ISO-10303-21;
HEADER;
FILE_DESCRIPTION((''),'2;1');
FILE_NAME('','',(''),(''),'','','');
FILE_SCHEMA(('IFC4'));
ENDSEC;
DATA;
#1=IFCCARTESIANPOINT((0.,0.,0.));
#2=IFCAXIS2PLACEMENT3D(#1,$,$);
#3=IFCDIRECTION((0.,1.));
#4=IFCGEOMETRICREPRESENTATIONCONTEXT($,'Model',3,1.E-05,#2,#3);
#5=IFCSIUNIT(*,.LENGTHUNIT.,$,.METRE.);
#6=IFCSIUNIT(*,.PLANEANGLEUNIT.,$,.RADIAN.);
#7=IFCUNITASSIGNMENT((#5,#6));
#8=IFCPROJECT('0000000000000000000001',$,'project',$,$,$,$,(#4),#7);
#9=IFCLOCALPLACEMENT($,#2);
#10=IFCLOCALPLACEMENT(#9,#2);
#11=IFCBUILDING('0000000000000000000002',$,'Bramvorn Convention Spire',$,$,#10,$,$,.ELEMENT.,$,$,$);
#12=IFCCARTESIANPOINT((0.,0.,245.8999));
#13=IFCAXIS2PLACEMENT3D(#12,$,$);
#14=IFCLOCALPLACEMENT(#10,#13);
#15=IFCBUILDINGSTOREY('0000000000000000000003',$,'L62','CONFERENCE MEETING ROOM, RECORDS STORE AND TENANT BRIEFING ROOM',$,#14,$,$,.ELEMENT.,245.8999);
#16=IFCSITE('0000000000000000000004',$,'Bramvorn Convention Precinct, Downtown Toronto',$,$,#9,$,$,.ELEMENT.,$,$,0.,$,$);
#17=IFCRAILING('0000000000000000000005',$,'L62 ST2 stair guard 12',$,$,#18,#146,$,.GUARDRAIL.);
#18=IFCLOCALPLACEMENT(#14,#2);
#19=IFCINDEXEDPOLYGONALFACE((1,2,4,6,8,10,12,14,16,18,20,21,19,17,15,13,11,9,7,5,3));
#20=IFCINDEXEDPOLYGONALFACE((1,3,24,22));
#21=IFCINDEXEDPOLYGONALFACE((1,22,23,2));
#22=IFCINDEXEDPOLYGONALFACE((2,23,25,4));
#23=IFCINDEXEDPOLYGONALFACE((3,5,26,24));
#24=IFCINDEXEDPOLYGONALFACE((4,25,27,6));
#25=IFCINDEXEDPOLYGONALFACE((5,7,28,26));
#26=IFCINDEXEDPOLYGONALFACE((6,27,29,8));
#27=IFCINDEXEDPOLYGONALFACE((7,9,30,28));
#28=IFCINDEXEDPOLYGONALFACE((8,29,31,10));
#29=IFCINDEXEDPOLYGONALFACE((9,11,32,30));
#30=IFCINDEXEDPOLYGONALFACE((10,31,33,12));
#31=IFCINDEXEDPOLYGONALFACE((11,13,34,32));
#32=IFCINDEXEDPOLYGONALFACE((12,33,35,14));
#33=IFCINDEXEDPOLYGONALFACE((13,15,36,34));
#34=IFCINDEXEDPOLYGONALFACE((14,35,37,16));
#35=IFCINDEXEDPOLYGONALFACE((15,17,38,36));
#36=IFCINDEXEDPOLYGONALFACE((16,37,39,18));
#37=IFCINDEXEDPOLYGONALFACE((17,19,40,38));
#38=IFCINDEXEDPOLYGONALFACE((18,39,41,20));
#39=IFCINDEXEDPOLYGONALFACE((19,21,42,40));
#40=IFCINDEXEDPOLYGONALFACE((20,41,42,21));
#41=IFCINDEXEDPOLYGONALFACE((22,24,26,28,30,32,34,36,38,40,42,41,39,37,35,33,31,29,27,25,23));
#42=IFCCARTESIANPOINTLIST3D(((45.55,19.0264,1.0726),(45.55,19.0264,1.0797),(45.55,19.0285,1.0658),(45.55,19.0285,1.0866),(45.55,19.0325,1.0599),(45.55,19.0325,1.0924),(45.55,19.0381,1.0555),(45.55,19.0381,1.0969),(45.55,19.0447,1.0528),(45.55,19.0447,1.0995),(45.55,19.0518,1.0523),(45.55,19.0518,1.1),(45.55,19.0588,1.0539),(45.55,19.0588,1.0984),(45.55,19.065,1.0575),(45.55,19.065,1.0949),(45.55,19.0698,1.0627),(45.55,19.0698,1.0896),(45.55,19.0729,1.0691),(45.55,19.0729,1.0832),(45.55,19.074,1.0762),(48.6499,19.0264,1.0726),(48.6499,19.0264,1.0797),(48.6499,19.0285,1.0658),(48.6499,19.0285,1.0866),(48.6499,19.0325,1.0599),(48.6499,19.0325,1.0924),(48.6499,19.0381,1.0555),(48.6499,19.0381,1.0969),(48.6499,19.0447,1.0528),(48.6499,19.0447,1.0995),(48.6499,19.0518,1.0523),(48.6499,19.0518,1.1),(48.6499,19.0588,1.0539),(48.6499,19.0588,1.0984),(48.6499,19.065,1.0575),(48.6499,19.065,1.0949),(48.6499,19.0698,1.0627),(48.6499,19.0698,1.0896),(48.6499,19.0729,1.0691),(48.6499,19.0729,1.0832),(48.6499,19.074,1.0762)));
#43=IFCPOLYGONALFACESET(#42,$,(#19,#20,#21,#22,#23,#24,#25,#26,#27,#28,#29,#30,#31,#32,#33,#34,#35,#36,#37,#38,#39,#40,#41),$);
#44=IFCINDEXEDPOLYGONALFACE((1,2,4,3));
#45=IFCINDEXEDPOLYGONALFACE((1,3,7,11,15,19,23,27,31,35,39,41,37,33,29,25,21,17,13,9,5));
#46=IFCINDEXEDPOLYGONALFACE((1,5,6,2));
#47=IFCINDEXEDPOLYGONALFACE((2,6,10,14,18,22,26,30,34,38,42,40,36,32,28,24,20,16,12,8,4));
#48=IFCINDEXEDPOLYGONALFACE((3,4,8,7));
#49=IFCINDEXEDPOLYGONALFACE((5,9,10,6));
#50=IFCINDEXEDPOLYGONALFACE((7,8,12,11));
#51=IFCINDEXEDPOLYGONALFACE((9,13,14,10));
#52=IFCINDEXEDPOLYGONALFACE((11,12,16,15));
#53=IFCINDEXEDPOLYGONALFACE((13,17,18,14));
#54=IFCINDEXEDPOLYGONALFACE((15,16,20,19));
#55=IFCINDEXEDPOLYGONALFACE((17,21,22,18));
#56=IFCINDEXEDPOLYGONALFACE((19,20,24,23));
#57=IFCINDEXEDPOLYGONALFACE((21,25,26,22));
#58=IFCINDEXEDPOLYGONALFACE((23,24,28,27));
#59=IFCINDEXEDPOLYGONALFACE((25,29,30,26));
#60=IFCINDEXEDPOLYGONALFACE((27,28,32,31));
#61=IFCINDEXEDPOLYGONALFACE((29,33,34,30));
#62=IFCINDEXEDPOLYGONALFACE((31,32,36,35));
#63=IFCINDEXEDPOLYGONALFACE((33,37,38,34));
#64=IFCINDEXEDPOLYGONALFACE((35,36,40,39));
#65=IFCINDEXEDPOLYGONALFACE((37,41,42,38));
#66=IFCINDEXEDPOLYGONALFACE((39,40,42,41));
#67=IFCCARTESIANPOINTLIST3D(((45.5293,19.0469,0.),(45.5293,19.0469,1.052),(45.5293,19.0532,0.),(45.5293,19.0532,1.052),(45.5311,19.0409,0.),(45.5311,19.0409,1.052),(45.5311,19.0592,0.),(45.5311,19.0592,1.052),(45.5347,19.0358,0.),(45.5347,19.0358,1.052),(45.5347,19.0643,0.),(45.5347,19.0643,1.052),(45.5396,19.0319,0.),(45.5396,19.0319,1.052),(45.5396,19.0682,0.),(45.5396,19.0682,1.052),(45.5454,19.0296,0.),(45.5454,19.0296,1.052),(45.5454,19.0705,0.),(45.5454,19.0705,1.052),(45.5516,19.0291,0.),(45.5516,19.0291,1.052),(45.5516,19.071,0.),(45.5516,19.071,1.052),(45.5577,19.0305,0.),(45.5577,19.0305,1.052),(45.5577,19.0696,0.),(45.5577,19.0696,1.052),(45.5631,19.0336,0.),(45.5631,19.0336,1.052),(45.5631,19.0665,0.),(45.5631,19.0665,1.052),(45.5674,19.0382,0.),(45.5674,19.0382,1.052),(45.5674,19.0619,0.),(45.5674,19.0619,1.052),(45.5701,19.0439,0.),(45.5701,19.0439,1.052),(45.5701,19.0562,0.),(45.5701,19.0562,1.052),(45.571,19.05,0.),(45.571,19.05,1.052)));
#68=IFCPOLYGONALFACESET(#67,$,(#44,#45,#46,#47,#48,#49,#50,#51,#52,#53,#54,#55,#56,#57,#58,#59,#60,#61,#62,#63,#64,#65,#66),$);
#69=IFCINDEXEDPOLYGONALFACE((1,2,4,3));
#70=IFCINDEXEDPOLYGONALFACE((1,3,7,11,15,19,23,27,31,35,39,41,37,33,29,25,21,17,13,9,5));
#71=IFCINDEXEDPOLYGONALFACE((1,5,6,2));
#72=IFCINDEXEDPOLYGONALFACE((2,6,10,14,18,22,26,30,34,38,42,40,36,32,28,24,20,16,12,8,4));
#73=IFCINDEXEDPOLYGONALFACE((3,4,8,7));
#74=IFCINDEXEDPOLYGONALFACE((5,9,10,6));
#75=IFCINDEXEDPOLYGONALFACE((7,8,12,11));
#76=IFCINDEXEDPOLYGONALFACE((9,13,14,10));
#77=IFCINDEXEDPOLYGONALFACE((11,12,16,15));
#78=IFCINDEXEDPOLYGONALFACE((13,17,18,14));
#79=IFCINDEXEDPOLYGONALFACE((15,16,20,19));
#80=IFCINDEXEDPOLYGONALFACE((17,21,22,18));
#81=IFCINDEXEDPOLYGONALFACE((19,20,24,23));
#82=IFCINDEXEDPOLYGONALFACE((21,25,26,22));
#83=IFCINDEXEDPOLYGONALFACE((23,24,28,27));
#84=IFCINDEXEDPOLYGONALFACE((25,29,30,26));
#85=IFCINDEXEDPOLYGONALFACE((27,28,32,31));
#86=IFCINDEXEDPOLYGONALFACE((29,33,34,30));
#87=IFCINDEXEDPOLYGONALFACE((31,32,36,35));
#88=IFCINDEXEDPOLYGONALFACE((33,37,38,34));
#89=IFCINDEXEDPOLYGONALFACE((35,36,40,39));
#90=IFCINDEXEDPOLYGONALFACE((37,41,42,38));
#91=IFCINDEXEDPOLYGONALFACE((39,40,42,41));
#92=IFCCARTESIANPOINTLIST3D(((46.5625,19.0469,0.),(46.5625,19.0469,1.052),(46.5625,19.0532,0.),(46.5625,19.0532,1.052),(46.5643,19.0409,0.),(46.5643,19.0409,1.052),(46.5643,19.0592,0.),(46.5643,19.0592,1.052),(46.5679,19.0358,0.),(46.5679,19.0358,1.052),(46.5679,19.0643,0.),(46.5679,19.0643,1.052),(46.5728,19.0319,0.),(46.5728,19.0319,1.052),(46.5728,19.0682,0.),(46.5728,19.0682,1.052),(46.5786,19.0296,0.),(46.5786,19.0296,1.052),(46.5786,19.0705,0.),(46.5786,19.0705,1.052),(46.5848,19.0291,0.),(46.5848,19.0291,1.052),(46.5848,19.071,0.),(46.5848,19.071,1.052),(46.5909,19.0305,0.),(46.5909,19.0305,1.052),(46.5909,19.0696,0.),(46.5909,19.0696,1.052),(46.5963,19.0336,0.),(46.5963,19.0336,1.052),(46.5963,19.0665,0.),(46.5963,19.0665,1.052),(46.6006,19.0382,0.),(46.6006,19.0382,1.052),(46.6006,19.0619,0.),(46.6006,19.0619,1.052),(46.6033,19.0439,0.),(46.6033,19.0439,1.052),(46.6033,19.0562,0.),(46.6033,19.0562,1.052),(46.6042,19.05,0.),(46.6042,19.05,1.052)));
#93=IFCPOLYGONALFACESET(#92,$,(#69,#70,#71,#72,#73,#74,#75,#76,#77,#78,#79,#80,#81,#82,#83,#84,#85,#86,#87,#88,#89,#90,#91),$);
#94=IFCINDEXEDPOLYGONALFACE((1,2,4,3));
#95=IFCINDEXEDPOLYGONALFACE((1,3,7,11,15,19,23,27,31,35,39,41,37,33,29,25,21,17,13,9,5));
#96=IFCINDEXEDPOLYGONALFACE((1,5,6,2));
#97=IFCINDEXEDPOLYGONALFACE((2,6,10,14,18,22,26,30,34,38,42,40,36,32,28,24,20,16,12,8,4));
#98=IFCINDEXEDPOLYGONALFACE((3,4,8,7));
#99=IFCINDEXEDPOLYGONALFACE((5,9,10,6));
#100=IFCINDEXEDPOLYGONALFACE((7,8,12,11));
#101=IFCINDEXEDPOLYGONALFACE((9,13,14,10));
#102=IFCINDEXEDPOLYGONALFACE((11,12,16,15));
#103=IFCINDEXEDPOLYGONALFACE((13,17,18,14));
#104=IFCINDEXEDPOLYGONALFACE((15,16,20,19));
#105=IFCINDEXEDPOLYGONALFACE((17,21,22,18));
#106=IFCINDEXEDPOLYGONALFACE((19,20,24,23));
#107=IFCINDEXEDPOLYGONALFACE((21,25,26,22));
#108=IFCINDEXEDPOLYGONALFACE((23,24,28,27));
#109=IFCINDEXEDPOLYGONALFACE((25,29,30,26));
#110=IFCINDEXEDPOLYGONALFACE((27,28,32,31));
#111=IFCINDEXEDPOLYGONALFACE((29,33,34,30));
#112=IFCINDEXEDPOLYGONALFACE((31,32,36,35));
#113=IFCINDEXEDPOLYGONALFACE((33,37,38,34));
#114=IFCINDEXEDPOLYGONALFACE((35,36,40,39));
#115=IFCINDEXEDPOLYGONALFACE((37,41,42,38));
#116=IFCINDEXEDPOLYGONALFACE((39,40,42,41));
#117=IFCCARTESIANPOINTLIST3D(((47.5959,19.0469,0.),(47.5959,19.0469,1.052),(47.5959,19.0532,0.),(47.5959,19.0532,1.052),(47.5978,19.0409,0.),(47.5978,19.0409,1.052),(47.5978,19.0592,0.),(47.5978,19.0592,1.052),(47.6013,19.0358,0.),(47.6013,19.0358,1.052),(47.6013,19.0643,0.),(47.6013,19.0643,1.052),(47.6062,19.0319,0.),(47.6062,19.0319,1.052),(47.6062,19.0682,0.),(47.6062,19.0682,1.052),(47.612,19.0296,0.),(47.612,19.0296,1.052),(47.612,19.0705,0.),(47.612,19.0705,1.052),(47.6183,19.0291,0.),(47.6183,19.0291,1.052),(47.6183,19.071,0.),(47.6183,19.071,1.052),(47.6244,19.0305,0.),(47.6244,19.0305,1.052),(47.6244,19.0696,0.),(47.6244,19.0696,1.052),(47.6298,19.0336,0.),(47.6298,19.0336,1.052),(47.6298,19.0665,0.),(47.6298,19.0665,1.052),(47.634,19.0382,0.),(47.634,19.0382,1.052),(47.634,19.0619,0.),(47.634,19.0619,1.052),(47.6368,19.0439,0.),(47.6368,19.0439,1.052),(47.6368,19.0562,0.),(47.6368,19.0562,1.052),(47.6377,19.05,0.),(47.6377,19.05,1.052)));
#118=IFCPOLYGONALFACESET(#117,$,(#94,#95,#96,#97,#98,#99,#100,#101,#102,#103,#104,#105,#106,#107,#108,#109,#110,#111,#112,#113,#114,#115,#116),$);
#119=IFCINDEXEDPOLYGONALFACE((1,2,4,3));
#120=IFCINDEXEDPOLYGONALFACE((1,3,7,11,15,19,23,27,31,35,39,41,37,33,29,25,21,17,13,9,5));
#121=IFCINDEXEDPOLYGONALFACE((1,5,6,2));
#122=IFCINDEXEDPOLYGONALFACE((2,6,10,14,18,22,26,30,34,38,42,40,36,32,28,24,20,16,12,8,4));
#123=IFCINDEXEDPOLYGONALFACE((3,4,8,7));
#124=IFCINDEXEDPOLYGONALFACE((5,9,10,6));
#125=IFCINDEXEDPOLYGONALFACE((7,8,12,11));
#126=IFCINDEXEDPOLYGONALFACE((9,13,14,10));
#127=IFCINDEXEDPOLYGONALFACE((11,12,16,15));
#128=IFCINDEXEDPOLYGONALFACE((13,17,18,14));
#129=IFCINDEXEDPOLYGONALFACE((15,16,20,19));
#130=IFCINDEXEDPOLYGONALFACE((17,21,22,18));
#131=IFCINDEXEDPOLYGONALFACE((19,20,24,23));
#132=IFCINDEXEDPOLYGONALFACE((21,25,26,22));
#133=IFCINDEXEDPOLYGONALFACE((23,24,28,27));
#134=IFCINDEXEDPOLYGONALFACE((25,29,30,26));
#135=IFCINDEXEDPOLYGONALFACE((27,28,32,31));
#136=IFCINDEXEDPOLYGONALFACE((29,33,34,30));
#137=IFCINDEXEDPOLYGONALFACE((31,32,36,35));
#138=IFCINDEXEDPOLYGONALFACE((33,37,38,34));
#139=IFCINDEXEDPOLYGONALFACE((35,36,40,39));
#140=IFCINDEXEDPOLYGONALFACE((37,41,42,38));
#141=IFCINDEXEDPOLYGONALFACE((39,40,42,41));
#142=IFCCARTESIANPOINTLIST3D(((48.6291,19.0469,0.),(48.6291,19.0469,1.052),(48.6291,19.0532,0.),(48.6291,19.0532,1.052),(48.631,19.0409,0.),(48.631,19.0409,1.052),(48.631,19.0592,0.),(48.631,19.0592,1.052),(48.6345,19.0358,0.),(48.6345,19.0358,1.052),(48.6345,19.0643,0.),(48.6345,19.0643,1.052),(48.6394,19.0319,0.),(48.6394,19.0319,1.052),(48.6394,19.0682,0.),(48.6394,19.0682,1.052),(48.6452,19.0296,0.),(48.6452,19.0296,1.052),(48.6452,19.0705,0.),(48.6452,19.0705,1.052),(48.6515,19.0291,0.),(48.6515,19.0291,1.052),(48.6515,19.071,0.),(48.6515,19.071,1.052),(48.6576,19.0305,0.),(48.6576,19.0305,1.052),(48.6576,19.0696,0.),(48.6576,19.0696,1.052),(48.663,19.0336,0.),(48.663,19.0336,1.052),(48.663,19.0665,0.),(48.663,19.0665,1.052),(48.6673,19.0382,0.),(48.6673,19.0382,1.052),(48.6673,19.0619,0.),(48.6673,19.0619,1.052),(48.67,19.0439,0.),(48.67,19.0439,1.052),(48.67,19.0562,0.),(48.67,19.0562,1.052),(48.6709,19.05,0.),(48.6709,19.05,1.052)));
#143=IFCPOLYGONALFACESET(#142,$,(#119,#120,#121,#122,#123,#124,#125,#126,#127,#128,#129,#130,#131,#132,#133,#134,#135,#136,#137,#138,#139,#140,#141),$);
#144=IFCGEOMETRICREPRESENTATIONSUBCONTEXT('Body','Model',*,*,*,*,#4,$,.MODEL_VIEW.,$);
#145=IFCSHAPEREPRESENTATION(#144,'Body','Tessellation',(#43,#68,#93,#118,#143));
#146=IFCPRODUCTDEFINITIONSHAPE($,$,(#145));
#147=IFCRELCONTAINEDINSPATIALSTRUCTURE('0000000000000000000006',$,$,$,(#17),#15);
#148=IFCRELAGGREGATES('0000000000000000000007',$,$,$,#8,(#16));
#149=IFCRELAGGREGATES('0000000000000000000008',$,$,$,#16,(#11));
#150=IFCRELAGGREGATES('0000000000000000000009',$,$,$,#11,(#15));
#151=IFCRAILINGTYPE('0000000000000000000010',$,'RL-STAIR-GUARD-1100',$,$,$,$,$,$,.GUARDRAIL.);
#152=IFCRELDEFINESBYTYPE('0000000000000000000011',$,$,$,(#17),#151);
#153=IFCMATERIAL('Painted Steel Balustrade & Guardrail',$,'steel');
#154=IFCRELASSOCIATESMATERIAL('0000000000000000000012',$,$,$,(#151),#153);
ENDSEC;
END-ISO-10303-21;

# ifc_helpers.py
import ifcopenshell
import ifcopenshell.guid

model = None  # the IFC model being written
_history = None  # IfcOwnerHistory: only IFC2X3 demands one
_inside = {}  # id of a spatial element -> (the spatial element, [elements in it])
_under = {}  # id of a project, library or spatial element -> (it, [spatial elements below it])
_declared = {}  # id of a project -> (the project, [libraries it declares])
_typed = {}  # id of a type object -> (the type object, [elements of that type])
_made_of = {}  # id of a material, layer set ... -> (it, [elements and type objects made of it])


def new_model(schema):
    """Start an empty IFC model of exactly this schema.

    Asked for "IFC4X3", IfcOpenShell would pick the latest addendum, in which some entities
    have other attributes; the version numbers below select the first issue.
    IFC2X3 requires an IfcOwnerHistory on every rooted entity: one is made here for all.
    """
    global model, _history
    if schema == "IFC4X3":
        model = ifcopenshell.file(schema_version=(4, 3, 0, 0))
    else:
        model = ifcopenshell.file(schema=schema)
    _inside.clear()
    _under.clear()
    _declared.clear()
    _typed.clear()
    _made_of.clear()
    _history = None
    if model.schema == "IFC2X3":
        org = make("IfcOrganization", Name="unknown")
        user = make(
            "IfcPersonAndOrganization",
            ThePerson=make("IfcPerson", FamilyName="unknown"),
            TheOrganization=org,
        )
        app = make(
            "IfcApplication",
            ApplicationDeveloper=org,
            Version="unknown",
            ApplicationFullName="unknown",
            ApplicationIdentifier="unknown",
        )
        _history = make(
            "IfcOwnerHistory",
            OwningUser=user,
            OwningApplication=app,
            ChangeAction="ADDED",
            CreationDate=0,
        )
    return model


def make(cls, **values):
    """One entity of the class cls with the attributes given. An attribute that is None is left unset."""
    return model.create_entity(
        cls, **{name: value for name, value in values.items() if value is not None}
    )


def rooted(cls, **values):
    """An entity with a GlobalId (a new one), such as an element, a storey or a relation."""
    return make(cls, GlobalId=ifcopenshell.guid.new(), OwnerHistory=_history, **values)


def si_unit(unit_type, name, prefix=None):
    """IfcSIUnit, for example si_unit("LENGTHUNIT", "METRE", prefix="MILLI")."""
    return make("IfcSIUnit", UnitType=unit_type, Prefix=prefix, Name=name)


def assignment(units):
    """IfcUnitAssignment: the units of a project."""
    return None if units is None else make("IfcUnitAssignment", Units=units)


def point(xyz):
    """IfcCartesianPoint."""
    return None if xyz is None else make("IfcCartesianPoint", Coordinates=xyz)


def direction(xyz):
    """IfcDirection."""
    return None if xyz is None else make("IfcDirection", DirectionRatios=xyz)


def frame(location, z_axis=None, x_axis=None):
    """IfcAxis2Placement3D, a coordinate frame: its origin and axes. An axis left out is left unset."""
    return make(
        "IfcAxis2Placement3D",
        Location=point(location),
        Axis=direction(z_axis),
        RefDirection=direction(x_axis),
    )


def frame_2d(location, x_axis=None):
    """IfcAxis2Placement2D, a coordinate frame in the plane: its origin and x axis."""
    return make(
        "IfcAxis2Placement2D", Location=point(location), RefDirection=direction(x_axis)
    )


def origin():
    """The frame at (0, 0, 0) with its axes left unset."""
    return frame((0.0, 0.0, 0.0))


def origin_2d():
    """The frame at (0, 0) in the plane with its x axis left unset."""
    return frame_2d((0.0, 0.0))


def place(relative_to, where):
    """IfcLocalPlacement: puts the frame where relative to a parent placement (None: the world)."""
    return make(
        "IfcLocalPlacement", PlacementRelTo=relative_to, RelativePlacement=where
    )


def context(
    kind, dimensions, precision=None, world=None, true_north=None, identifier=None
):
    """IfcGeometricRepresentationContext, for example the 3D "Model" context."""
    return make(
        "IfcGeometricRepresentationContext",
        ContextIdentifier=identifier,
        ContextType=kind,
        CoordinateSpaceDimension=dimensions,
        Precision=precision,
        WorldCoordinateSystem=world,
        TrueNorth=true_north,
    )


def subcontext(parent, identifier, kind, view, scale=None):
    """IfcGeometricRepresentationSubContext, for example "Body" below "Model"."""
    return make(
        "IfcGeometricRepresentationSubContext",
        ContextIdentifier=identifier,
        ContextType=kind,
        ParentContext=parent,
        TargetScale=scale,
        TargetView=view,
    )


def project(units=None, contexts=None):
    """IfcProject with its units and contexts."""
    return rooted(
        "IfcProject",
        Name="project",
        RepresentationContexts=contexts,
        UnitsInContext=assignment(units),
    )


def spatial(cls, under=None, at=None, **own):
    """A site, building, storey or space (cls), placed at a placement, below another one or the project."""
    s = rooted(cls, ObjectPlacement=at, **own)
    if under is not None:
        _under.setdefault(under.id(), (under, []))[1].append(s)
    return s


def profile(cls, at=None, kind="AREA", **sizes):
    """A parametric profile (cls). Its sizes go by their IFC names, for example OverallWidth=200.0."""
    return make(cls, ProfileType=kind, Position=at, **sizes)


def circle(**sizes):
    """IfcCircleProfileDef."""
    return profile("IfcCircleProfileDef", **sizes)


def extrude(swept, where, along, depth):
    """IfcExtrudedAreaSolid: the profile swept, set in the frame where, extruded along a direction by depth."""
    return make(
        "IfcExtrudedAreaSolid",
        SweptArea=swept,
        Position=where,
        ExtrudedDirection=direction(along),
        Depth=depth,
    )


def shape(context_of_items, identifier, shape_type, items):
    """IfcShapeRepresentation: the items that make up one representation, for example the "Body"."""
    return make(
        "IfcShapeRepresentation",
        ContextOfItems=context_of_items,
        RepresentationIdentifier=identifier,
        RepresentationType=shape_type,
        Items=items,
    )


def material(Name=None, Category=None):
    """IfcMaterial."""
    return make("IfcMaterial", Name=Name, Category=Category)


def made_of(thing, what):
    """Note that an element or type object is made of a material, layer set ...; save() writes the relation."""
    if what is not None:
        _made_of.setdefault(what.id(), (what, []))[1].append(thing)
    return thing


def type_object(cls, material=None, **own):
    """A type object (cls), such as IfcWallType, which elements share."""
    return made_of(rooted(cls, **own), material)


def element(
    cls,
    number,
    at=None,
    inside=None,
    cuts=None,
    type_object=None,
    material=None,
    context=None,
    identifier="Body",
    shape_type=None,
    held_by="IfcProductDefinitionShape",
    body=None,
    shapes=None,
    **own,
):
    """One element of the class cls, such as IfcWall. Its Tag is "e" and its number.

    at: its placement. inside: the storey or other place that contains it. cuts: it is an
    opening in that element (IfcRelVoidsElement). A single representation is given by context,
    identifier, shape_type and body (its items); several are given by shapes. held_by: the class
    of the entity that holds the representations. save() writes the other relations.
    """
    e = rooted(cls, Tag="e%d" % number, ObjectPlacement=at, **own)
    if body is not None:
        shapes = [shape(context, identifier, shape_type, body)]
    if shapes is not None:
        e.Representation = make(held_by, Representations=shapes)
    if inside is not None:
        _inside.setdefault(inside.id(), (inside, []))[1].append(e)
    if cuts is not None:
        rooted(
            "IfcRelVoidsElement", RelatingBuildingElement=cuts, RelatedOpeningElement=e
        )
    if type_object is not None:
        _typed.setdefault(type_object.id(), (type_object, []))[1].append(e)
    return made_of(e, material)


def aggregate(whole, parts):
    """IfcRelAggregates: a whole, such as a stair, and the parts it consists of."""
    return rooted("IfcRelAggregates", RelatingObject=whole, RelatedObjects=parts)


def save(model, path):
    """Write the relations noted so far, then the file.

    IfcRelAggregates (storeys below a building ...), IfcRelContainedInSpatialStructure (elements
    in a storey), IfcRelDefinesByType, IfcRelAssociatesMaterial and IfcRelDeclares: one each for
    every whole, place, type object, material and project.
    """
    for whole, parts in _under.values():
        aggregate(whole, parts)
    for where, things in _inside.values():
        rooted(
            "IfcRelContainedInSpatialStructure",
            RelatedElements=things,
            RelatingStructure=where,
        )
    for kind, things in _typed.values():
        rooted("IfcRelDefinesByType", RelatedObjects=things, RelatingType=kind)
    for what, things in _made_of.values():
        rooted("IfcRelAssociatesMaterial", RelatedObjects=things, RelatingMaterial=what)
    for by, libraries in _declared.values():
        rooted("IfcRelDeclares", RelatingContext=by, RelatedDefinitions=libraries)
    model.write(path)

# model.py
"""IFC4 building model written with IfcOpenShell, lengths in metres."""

from ifc_helpers import new_model, si_unit, direction, frame, origin, origin_2d, place, context, subcontext, project, spatial, circle, extrude, material, type_object, element, save


model = new_model("IFC4")

# Units and contexts
model_context = context("Model", 3, precision=1e-05, world=origin(), true_north=direction((0.0, 1.0)))
body_context = subcontext(model_context, "Body", "Model", "MODEL_VIEW")
ifc_project = project(units=[si_unit("LENGTHUNIT", "METRE"), si_unit("PLANEANGLEUNIT", "RADIAN")], contexts=[model_context])

# Site, building, storey
site_placement = place(None, origin())
site = spatial("IfcSite", under=ifc_project, at=site_placement, Name="Bramvorn Convention Precinct, Downtown Toronto", CompositionType="ELEMENT", RefElevation=0.0)
building_placement = place(site_placement, origin())
building = spatial("IfcBuilding", under=site, at=building_placement, Name="Bramvorn Convention Spire", CompositionType="ELEMENT")
storey_placement = place(building_placement, frame((0.0, 0.0, 245.8999)))
storey = spatial("IfcBuildingStorey", under=building, at=storey_placement, Name="L62", Description="CONFERENCE MEETING ROOM, RECORDS STORE AND TENANT BRIEFING ROOM", CompositionType="ELEMENT", Elevation=245.8999)

# Railing
ifc_material_1 = material(Name="Painted Steel Balustrade & Guardrail", Category="steel")
railing_type_1 = type_object("IfcRailingType", Name="RL-STAIR-GUARD-1100", PredefinedType="GUARDRAIL", material=ifc_material_1)
railing_1_placement = place(storey_placement, frame((45.55, 19.05, 0.0)))
element("IfcRailing", 1, at=railing_1_placement, inside=storey, type_object=railing_type_1, Name="L62 ST2 stair guard 12", PredefinedType="GUARDRAIL", context=body_context, shape_type="SweptSolid", body=[
    extrude(circle(Radius=0.0239, at=origin_2d()), frame((0.0, 0.0, 1.0762), z_axis=(1.0, 0.0, 0.0), x_axis=(0.0, 1.0, 0.0)), (0.0, 0.0, 1.0), 3.0999),
    extrude(circle(Radius=0.021, at=origin_2d()), origin(), (0.0, 0.0, 1.0), 1.052),
    extrude(circle(Radius=0.021, at=origin_2d()), frame((1.0332, 0.0, 0.0)), (0.0, 0.0, 1.0), 1.052),
    extrude(circle(Radius=0.021, at=origin_2d()), frame((2.0667, 0.0, 0.0)), (0.0, 0.0, 1.0), 1.052),
    extrude(circle(Radius=0.021, at=origin_2d()), frame((3.0999, 0.0, 0.0)), (0.0, 0.0, 1.0), 1.052),
])

save(model, "model.ifc")
